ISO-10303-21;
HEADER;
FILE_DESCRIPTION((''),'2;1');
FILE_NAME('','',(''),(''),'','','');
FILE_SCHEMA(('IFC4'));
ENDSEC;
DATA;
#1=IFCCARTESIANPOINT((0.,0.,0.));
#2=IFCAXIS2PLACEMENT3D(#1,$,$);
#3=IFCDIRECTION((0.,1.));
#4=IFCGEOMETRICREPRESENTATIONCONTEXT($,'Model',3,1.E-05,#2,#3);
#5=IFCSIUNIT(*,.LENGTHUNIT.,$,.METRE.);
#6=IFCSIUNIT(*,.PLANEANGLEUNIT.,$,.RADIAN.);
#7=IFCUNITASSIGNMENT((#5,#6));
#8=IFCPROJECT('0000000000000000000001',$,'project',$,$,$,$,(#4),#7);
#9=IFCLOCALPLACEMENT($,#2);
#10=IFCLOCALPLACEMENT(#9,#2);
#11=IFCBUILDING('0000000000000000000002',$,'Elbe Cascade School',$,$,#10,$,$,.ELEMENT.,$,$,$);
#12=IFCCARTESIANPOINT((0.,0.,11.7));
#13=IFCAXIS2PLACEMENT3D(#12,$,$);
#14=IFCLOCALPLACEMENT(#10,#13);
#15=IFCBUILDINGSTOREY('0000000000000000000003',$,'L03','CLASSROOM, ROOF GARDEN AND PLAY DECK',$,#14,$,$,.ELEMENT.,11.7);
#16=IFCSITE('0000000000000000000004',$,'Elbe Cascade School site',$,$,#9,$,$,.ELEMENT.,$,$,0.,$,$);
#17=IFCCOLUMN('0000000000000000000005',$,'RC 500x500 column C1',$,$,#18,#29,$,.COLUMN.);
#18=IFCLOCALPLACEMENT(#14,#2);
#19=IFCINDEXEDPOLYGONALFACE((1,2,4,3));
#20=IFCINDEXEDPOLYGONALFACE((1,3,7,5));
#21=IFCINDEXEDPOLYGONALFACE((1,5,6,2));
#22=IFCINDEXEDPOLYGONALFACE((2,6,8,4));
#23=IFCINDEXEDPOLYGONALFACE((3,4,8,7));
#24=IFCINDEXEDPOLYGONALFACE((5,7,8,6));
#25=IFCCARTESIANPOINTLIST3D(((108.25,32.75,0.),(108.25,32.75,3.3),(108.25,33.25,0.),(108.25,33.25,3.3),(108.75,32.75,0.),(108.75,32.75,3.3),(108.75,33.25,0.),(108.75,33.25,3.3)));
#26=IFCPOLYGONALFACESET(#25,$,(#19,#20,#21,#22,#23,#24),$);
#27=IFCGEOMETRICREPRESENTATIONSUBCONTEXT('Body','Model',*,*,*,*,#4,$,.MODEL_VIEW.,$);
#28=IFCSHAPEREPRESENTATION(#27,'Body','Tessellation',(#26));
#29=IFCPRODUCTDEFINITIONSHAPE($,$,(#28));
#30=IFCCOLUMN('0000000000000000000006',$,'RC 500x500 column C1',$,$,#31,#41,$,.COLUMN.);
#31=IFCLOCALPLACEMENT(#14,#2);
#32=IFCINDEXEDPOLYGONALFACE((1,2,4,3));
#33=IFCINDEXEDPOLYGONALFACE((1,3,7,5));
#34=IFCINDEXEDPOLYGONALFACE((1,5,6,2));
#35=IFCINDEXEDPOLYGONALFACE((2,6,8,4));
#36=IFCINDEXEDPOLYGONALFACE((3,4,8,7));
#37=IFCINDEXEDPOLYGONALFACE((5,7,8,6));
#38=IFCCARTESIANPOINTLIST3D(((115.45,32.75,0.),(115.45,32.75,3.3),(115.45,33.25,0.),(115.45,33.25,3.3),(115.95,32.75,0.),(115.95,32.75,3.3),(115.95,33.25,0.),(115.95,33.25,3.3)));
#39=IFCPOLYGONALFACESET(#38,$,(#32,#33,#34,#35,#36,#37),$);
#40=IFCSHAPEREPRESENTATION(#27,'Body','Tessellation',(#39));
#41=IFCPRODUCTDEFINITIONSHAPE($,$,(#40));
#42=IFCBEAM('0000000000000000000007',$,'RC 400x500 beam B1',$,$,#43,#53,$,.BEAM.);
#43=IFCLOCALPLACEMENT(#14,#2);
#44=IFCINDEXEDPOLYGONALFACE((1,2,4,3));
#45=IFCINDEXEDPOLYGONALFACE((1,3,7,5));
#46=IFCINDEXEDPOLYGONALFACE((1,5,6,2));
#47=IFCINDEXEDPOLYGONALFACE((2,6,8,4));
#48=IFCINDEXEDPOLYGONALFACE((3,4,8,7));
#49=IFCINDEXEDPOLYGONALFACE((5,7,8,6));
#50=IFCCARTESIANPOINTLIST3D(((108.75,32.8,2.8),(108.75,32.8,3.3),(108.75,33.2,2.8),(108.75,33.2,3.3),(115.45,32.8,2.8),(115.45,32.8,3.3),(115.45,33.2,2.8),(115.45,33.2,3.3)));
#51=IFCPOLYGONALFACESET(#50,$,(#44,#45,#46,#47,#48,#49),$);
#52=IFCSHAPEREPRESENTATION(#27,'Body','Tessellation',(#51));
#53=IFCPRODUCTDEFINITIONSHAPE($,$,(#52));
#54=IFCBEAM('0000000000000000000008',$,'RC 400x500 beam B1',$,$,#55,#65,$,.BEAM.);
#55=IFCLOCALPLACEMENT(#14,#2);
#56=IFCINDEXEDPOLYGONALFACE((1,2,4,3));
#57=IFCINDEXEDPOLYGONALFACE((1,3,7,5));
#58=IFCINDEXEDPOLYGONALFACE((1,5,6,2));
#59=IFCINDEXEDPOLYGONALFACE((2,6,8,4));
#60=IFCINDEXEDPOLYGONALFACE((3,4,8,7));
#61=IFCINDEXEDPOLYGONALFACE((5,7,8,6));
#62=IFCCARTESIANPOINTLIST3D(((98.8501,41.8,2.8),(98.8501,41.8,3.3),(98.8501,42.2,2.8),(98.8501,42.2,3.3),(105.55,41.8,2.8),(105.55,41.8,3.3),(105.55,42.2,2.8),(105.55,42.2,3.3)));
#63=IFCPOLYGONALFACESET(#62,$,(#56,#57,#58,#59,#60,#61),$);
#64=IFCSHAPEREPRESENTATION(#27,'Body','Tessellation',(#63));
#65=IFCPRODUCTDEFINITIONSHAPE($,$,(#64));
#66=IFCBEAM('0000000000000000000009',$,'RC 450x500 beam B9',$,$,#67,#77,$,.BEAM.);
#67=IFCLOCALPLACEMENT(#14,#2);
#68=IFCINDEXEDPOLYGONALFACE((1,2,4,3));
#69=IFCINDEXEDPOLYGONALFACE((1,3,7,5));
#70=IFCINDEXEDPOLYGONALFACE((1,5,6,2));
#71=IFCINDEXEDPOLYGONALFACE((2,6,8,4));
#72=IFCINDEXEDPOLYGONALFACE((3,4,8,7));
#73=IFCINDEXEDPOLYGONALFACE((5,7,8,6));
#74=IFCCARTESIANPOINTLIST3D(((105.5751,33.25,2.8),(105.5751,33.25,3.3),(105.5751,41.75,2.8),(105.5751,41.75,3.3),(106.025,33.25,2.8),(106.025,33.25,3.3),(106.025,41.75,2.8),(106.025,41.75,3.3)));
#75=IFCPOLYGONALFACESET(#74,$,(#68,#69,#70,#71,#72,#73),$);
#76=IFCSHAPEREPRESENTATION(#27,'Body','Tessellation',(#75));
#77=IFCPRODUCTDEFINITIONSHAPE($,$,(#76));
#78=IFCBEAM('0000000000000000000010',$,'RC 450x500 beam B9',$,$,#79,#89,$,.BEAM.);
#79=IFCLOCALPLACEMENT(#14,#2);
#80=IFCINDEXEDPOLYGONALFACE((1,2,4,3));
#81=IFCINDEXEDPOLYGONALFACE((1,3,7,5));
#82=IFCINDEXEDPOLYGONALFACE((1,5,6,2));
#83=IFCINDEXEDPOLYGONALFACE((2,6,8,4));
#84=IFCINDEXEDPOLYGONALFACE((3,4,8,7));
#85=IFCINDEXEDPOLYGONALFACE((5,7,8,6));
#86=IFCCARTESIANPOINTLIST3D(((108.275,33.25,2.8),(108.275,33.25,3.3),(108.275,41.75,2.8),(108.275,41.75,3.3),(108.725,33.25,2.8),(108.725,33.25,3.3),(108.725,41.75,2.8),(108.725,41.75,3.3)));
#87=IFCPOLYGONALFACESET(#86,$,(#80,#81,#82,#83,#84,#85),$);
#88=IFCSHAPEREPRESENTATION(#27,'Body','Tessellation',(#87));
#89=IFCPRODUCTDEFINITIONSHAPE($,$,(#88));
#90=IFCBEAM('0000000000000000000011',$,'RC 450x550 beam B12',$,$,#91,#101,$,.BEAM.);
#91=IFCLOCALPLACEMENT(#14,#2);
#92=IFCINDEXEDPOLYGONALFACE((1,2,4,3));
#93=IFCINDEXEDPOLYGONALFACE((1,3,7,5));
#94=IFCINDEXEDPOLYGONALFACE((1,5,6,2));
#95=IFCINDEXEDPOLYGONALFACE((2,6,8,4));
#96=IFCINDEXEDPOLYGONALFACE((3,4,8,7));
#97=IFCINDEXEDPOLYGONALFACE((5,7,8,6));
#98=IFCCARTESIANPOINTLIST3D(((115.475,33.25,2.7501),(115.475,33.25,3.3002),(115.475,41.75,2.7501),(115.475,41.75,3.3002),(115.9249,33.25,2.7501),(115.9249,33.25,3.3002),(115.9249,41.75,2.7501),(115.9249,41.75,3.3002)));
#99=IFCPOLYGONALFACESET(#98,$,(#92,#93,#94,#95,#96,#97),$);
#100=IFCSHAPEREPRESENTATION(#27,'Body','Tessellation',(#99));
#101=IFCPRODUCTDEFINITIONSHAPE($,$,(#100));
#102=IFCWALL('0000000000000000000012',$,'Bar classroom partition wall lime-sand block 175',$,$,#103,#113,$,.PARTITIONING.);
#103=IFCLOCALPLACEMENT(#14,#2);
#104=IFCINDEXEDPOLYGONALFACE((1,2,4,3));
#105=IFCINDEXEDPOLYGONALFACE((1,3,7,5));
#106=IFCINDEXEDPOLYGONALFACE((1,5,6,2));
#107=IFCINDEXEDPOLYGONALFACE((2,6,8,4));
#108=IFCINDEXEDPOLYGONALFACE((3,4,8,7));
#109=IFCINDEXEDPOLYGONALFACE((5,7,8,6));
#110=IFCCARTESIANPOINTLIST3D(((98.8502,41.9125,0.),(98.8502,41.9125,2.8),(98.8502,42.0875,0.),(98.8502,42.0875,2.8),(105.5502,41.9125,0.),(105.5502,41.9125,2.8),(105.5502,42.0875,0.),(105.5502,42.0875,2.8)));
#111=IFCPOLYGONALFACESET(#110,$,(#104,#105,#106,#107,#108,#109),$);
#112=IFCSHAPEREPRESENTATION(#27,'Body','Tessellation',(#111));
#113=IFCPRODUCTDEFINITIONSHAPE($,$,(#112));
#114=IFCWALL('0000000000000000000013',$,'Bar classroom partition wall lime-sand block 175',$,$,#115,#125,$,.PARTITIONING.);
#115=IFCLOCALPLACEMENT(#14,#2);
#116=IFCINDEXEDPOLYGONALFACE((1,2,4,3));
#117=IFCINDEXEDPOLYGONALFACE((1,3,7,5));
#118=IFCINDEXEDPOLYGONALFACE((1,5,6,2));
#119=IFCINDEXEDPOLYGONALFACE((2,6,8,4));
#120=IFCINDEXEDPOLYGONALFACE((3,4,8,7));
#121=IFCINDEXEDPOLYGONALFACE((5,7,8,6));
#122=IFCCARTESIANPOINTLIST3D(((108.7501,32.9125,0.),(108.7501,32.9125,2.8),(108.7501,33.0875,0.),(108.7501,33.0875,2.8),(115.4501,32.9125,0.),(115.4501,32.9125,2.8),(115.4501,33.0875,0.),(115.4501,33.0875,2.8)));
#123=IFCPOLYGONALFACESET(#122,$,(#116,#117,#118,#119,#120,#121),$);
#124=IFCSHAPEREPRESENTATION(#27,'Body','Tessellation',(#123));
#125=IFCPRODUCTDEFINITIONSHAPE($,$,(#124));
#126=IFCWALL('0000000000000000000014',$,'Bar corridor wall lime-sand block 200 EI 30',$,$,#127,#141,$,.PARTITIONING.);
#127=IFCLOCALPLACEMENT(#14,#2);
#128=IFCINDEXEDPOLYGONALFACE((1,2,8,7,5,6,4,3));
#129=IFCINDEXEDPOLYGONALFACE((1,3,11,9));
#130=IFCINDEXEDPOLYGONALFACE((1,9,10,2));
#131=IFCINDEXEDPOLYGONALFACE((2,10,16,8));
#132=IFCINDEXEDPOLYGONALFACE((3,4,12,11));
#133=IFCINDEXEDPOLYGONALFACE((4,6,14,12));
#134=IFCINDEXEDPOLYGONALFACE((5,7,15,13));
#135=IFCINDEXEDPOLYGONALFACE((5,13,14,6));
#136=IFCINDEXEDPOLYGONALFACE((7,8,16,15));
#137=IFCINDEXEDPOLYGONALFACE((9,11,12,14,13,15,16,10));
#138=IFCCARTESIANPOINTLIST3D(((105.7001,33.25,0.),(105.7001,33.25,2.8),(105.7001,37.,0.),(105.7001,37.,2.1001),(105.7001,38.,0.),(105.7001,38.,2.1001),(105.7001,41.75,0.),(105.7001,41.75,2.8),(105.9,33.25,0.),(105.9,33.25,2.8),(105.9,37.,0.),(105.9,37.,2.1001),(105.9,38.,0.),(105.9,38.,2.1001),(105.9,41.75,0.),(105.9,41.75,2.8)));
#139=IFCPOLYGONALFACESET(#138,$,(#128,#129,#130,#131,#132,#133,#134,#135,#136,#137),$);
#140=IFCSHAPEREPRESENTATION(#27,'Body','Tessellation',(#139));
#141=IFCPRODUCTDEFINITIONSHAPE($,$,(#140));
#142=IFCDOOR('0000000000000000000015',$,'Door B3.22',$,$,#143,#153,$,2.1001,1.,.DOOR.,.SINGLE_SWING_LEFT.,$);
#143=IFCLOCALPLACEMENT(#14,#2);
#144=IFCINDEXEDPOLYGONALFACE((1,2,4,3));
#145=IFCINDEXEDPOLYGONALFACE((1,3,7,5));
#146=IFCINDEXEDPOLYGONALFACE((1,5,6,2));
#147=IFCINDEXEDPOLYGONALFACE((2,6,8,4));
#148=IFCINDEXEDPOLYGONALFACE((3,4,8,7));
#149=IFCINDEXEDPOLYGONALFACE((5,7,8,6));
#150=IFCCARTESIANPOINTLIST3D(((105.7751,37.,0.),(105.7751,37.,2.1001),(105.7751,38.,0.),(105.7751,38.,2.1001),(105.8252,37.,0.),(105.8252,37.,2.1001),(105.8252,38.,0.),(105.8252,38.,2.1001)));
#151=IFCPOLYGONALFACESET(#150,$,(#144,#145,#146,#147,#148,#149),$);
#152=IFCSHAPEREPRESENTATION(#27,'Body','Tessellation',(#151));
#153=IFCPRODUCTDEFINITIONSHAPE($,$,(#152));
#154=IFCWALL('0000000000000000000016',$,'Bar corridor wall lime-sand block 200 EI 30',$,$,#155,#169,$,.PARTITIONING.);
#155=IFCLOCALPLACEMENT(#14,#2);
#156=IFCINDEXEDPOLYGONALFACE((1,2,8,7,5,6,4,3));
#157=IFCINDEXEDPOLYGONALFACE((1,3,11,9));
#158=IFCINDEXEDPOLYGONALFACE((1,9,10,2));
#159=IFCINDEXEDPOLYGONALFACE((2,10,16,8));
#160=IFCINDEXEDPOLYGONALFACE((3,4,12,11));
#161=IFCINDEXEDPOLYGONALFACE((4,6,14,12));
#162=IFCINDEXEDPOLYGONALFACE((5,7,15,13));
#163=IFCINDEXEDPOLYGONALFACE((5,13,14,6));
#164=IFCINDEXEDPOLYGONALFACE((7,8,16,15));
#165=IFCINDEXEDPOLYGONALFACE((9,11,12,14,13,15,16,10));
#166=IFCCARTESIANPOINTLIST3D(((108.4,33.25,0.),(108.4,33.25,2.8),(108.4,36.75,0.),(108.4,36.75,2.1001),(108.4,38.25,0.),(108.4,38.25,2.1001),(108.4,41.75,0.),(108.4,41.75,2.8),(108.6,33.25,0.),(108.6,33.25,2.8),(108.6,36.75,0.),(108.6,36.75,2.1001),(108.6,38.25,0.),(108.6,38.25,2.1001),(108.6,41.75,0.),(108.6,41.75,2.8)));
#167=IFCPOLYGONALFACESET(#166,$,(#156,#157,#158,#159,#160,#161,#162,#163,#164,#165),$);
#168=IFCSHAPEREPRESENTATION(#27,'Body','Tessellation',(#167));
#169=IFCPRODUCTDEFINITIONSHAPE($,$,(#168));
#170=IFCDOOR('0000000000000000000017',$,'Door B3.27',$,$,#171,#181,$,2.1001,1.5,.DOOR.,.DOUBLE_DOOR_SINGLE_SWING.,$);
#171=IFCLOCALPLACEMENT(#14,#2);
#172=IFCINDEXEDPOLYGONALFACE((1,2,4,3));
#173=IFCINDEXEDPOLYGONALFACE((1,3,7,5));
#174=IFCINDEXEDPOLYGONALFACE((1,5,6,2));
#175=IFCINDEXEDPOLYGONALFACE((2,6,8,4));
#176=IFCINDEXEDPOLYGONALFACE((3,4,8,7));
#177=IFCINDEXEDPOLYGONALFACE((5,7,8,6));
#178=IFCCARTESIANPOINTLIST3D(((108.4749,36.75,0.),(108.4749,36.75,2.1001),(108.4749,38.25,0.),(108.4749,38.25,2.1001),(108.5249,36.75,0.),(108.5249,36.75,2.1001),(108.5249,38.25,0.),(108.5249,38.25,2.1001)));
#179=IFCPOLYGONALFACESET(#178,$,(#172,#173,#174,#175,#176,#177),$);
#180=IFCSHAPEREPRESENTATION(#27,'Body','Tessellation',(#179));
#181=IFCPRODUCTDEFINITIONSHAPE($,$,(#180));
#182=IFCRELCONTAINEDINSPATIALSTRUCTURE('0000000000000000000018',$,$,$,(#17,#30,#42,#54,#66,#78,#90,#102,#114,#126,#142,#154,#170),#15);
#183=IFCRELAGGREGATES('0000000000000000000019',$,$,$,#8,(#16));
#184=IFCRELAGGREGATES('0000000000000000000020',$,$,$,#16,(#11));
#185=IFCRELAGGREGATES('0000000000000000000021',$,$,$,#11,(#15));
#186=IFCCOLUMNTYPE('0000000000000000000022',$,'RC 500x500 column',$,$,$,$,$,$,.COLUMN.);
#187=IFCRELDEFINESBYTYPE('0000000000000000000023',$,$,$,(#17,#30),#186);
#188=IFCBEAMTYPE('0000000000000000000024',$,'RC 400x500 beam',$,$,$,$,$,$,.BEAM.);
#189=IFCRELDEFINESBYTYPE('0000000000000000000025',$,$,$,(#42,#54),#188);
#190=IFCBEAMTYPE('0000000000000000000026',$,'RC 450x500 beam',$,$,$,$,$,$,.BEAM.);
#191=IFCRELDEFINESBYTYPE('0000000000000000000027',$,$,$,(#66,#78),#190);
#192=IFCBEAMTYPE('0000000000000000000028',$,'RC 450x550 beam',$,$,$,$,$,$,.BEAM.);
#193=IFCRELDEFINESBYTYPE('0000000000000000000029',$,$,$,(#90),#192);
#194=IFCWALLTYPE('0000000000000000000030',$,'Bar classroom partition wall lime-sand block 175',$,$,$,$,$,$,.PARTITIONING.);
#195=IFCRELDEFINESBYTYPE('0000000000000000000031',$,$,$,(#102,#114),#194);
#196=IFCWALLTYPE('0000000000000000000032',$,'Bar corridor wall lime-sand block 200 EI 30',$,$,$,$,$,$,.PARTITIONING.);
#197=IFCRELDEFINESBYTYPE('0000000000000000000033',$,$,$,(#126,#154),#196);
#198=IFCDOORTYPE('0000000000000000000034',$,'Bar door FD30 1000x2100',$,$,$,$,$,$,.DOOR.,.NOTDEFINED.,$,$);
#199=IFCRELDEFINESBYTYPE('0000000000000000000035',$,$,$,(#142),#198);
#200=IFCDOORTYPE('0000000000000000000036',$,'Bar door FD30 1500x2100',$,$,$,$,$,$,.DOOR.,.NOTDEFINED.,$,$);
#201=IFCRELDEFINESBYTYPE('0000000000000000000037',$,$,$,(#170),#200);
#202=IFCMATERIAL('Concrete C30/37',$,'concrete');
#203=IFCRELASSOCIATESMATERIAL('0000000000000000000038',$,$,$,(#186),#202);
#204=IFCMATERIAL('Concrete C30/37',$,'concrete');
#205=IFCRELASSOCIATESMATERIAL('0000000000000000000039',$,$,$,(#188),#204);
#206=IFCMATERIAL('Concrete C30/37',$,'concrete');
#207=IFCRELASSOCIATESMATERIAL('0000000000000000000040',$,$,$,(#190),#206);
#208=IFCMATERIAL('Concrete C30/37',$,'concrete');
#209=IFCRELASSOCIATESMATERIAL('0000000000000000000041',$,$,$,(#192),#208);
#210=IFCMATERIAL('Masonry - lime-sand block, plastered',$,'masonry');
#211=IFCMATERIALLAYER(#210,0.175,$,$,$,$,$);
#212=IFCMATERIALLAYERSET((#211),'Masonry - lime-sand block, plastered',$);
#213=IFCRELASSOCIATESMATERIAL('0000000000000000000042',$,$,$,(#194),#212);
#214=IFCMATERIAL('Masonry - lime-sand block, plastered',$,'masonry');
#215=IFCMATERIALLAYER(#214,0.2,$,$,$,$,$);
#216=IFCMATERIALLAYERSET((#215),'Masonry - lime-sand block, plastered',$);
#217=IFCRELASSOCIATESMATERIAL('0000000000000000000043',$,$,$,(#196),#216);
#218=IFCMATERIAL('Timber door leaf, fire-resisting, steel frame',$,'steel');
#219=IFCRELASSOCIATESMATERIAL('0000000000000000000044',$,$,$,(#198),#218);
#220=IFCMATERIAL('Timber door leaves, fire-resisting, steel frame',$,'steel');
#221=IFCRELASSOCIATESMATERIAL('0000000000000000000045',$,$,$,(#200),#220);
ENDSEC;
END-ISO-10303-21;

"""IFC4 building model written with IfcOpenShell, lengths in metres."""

from ifc_helpers import new_model, si_unit, direction, frame, frame_2d, origin, origin_2d, place, context, subcontext, project, spatial, rectangle, extrude, material, layer, layer_set, material_profile, profile_set, type_object, element, fill, save


model = new_model("IFC4")

# Units and contexts
model_context = context("Model", 3, precision=1e-05, world=origin(), true_north=direction((0.0, 1.0)))
body_context = subcontext(model_context, "Body", "Model", "MODEL_VIEW")
ifc_project = project(units=[si_unit("LENGTHUNIT", "METRE"), si_unit("PLANEANGLEUNIT", "RADIAN")], contexts=[model_context])

# Site, building, storey
site_placement = place(None, origin())
site = spatial("IfcSite", under=ifc_project, at=site_placement, Name="Elbe Cascade School site", CompositionType="ELEMENT", RefElevation=0.0)
building_placement = place(site_placement, origin())
building = spatial("IfcBuilding", under=site, at=building_placement, Name="Elbe Cascade School", CompositionType="ELEMENT")
storey_placement = place(building_placement, frame((0.0, 0.0, 11.7)))
storey = spatial("IfcBuildingStorey", under=building, at=storey_placement, Name="L03", Description="CLASSROOM, ROOF GARDEN AND PLAY DECK", CompositionType="ELEMENT", Elevation=11.7)

# Columns
ifc_material_1 = material(Name="Concrete C30/37", Category="concrete")
ifc_material_profile_1 = material_profile(ifc_material_1, rectangle(XDim=0.5, YDim=0.5, at=origin_2d()), Name="RC 500x500")
ifc_profile_set_1 = profile_set([ifc_material_profile_1], Name="Concrete C30/37")
column_type = type_object("IfcColumnType", Name="RC 500x500 column", PredefinedType="COLUMN", material=ifc_profile_set_1)
for number, where, z_axis, x_axis, name in (
    (1, (108.5, 33.0, 0.0), (0.0, 0.0, 1.0), (1.0, 0.0, 0.0), "RC 500x500 column C1"),
    (2, (115.7, 33.0, 0.0), (0.0, 0.0, 1.0), (1.0, 0.0, 0.0), "RC 500x500 column C1"),
):
    element("IfcColumn", number, at=place(storey_placement, frame(where, z_axis=z_axis, x_axis=x_axis)), inside=storey, type_object=column_type, Name=name, PredefinedType="COLUMN", context=body_context, shape_type="SweptSolid", body=[
        extrude(rectangle(XDim=0.5, YDim=0.5, at=origin_2d()), origin(), (0.0, 0.0, 1.0), 3.3),
    ])

# Beams
ifc_material_2 = material(Name="Concrete C30/37", Category="concrete")
ifc_material_profile_2 = material_profile(ifc_material_2, rectangle(XDim=0.3999, YDim=0.5, at=origin_2d()), Name="RC 400x500")
ifc_profile_set_2 = profile_set([ifc_material_profile_2], Name="Concrete C30/37")
beam_type_1 = type_object("IfcBeamType", Name="RC 400x500 beam", PredefinedType="BEAM", material=ifc_profile_set_2)
for number, where, z_axis, x_axis, name in (
    (3, (108.75, 33.0, 3.05), (1.0, 0.0, 0.0), (0.0, 1.0, 0.0), "RC 400x500 beam B1"),
    (4, (98.8501, 42.0, 3.05), (1.0, 0.0, 0.0), (0.0, 1.0, 0.0), "RC 400x500 beam B1"),
):
    element("IfcBeam", number, at=place(storey_placement, frame(where, z_axis=z_axis, x_axis=x_axis)), inside=storey, type_object=beam_type_1, Name=name, PredefinedType="BEAM", context=body_context, shape_type="SweptSolid", body=[
        extrude(rectangle(XDim=0.3999, YDim=0.5, at=origin_2d()), origin(), (0.0, 0.0, 1.0), 6.7),
    ])
ifc_material_3 = material(Name="Concrete C30/37", Category="concrete")
ifc_material_profile_3 = material_profile(ifc_material_3, rectangle(XDim=0.45, YDim=0.5, at=origin_2d()), Name="RC 450x500")
ifc_profile_set_3 = profile_set([ifc_material_profile_3], Name="Concrete C30/37")
beam_type_2 = type_object("IfcBeamType", Name="RC 450x500 beam", PredefinedType="BEAM", material=ifc_profile_set_3)
for number, where, z_axis, x_axis, name in (
    (5, (105.8, 33.25, 3.05), (0.0, 1.0, 0.0), (-1.0, 0.0, 0.0), "RC 450x500 beam B9"),
    (6, (108.5, 33.25, 3.05), (0.0, 1.0, 0.0), (-1.0, 0.0, 0.0), "RC 450x500 beam B9"),
):
    element("IfcBeam", number, at=place(storey_placement, frame(where, z_axis=z_axis, x_axis=x_axis)), inside=storey, type_object=beam_type_2, Name=name, PredefinedType="BEAM", context=body_context, shape_type="SweptSolid", body=[
        extrude(rectangle(XDim=0.45, YDim=0.5, at=origin_2d()), origin(), (0.0, 0.0, 1.0), 8.5),
    ])
ifc_material_4 = material(Name="Concrete C30/37", Category="concrete")
ifc_material_profile_4 = material_profile(ifc_material_4, rectangle(XDim=0.45, YDim=0.55, at=origin_2d()), Name="RC 450x550")
ifc_profile_set_4 = profile_set([ifc_material_profile_4], Name="Concrete C30/37")
beam_type_3 = type_object("IfcBeamType", Name="RC 450x550 beam", PredefinedType="BEAM", material=ifc_profile_set_4)
beam_placement = place(storey_placement, frame((115.7, 33.25, 3.0251), z_axis=(0.0, 1.0, 0.0), x_axis=(-1.0, 0.0, 0.0)))
element("IfcBeam", 7, at=beam_placement, inside=storey, type_object=beam_type_3, Name="RC 450x550 beam B12", PredefinedType="BEAM", context=body_context, shape_type="SweptSolid", body=[
    extrude(rectangle(XDim=0.45, YDim=0.55, at=origin_2d()), origin(), (0.0, 0.0, 1.0), 8.5),
])

# Walls
ifc_material_5 = material(Name="Masonry - lime-sand block, plastered", Category="masonry")
ifc_layer_1 = layer(ifc_material_5, 0.175)
ifc_layer_set_1 = layer_set([ifc_layer_1], Name="Masonry - lime-sand block, plastered")
wall_type_1 = type_object("IfcWallType", Name="Bar classroom partition wall lime-sand block 175", PredefinedType="PARTITIONING", material=ifc_layer_set_1)
for number, where, z_axis, x_axis, name in (
    (8, (98.8501, 42.0, 0.0), (0.0, 0.0, 1.0), (1.0, 0.0, 0.0), "Bar classroom partition wall lime-sand block 175"),
    (9, (108.75, 33.0, 0.0), (0.0, 0.0, 1.0), (1.0, 0.0, 0.0), "Bar classroom partition wall lime-sand block 175"),
):
    element("IfcWall", number, at=place(storey_placement, frame(where, z_axis=z_axis, x_axis=x_axis)), inside=storey, type_object=wall_type_1, Name=name, PredefinedType="PARTITIONING", context=body_context, shape_type="SweptSolid", body=[
        extrude(rectangle(XDim=6.7, YDim=0.175, at=frame_2d((3.3501, 0.0))), origin(), (0.0, 0.0, 1.0), 2.8),
    ])

# Walls, openings, doors
ifc_material_6 = material(Name="Masonry - lime-sand block, plastered", Category="masonry")
ifc_layer_2 = layer(ifc_material_6, 0.2)
ifc_layer_set_2 = layer_set([ifc_layer_2], Name="Masonry - lime-sand block, plastered")
wall_type_2 = type_object("IfcWallType", Name="Bar corridor wall lime-sand block 200 EI 30", PredefinedType="PARTITIONING", material=ifc_layer_set_2)
wall_1_placement = place(storey_placement, frame((105.8, 33.25, 0.0), z_axis=(0.0, 0.0, 1.0), x_axis=(0.0, 1.0, 0.0)))
wall_1 = element("IfcWall", 10, at=wall_1_placement, inside=storey, type_object=wall_type_2, Name="Bar corridor wall lime-sand block 200 EI 30", PredefinedType="PARTITIONING", context=body_context, shape_type="SweptSolid", body=[
    extrude(rectangle(XDim=8.5, YDim=0.2, at=frame_2d((4.25, 0.0))), origin(), (0.0, 0.0, 1.0), 2.8),
])
opening_1_placement = place(wall_1_placement, frame((3.75, 0.0, 0.0)))
opening_1 = element("IfcOpeningElement", 11, at=opening_1_placement, cuts=wall_1, PredefinedType="OPENING", context=body_context, shape_type="SweptSolid", body=[
    extrude(rectangle(XDim=1.0, YDim=2.1001, at=frame_2d((0.5, 1.05))), frame((0.0, 0.1099, 0.0), z_axis=(0.0, -1.0, 0.0), x_axis=(1.0, 0.0, 0.0)), (0.0, 0.0, 1.0), 0.22),
])
ifc_material_7 = material(Name="Timber door leaf, fire-resisting, steel frame", Category="steel")
door_type_1 = type_object("IfcDoorType", Name="Bar door FD30 1000x2100", OperationType="NOTDEFINED", PredefinedType="DOOR", material=ifc_material_7)
door_1_placement = place(opening_1_placement, origin())
door_1 = element("IfcDoor", 12, at=door_1_placement, inside=storey, type_object=door_type_1, Name="Door B3.22", OperationType="SINGLE_SWING_LEFT", OverallHeight=2.1001, OverallWidth=1.0, PredefinedType="DOOR", context=body_context, shape_type="SweptSolid", body=[
    extrude(rectangle(XDim=1.0, YDim=2.1001, at=frame_2d((0.5, 1.05))), frame((0.0, 0.0249, 0.0), z_axis=(0.0, -1.0, 0.0), x_axis=(1.0, 0.0, 0.0)), (0.0, 0.0, 1.0), 0.05),
])
fill(opening_1, door_1)
wall_2_placement = place(storey_placement, frame((108.5, 41.75, 0.0), z_axis=(0.0, 0.0, 1.0), x_axis=(0.0, -1.0, 0.0)))
wall_2 = element("IfcWall", 13, at=wall_2_placement, inside=storey, type_object=wall_type_2, Name="Bar corridor wall lime-sand block 200 EI 30", PredefinedType="PARTITIONING", context=body_context, shape_type="SweptSolid", body=[
    extrude(rectangle(XDim=8.5, YDim=0.2, at=frame_2d((4.25, 0.0))), origin(), (0.0, 0.0, 1.0), 2.8),
])
opening_2_placement = place(wall_2_placement, frame((3.5, 0.0, 0.0)))
opening_2 = element("IfcOpeningElement", 14, at=opening_2_placement, cuts=wall_2, PredefinedType="OPENING", context=body_context, shape_type="SweptSolid", body=[
    extrude(rectangle(XDim=1.5, YDim=2.1001, at=frame_2d((0.75, 1.05))), frame((0.0, 0.1099, 0.0), z_axis=(0.0, -1.0, 0.0), x_axis=(1.0, 0.0, 0.0)), (0.0, 0.0, 1.0), 0.22),
])
ifc_material_8 = material(Name="Timber door leaves, fire-resisting, steel frame", Category="steel")
door_type_2 = type_object("IfcDoorType", Name="Bar door FD30 1500x2100", OperationType="NOTDEFINED", PredefinedType="DOOR", material=ifc_material_8)
door_2_placement = place(opening_2_placement, origin())
door_2 = element("IfcDoor", 15, at=door_2_placement, inside=storey, type_object=door_type_2, Name="Door B3.27", OperationType="DOUBLE_DOOR_SINGLE_SWING", OverallHeight=2.1001, OverallWidth=1.5, PredefinedType="DOOR", context=body_context, shape_type="SweptSolid", body=[
    extrude(rectangle(XDim=1.5, YDim=2.1001, at=frame_2d((0.75, 1.05))), frame((0.0, 0.0249, 0.0), z_axis=(0.0, -1.0, 0.0), x_axis=(1.0, 0.0, 0.0)), (0.0, 0.0, 1.0), 0.05),
])
fill(opening_2, door_2)

save(model, "model.ifc")
